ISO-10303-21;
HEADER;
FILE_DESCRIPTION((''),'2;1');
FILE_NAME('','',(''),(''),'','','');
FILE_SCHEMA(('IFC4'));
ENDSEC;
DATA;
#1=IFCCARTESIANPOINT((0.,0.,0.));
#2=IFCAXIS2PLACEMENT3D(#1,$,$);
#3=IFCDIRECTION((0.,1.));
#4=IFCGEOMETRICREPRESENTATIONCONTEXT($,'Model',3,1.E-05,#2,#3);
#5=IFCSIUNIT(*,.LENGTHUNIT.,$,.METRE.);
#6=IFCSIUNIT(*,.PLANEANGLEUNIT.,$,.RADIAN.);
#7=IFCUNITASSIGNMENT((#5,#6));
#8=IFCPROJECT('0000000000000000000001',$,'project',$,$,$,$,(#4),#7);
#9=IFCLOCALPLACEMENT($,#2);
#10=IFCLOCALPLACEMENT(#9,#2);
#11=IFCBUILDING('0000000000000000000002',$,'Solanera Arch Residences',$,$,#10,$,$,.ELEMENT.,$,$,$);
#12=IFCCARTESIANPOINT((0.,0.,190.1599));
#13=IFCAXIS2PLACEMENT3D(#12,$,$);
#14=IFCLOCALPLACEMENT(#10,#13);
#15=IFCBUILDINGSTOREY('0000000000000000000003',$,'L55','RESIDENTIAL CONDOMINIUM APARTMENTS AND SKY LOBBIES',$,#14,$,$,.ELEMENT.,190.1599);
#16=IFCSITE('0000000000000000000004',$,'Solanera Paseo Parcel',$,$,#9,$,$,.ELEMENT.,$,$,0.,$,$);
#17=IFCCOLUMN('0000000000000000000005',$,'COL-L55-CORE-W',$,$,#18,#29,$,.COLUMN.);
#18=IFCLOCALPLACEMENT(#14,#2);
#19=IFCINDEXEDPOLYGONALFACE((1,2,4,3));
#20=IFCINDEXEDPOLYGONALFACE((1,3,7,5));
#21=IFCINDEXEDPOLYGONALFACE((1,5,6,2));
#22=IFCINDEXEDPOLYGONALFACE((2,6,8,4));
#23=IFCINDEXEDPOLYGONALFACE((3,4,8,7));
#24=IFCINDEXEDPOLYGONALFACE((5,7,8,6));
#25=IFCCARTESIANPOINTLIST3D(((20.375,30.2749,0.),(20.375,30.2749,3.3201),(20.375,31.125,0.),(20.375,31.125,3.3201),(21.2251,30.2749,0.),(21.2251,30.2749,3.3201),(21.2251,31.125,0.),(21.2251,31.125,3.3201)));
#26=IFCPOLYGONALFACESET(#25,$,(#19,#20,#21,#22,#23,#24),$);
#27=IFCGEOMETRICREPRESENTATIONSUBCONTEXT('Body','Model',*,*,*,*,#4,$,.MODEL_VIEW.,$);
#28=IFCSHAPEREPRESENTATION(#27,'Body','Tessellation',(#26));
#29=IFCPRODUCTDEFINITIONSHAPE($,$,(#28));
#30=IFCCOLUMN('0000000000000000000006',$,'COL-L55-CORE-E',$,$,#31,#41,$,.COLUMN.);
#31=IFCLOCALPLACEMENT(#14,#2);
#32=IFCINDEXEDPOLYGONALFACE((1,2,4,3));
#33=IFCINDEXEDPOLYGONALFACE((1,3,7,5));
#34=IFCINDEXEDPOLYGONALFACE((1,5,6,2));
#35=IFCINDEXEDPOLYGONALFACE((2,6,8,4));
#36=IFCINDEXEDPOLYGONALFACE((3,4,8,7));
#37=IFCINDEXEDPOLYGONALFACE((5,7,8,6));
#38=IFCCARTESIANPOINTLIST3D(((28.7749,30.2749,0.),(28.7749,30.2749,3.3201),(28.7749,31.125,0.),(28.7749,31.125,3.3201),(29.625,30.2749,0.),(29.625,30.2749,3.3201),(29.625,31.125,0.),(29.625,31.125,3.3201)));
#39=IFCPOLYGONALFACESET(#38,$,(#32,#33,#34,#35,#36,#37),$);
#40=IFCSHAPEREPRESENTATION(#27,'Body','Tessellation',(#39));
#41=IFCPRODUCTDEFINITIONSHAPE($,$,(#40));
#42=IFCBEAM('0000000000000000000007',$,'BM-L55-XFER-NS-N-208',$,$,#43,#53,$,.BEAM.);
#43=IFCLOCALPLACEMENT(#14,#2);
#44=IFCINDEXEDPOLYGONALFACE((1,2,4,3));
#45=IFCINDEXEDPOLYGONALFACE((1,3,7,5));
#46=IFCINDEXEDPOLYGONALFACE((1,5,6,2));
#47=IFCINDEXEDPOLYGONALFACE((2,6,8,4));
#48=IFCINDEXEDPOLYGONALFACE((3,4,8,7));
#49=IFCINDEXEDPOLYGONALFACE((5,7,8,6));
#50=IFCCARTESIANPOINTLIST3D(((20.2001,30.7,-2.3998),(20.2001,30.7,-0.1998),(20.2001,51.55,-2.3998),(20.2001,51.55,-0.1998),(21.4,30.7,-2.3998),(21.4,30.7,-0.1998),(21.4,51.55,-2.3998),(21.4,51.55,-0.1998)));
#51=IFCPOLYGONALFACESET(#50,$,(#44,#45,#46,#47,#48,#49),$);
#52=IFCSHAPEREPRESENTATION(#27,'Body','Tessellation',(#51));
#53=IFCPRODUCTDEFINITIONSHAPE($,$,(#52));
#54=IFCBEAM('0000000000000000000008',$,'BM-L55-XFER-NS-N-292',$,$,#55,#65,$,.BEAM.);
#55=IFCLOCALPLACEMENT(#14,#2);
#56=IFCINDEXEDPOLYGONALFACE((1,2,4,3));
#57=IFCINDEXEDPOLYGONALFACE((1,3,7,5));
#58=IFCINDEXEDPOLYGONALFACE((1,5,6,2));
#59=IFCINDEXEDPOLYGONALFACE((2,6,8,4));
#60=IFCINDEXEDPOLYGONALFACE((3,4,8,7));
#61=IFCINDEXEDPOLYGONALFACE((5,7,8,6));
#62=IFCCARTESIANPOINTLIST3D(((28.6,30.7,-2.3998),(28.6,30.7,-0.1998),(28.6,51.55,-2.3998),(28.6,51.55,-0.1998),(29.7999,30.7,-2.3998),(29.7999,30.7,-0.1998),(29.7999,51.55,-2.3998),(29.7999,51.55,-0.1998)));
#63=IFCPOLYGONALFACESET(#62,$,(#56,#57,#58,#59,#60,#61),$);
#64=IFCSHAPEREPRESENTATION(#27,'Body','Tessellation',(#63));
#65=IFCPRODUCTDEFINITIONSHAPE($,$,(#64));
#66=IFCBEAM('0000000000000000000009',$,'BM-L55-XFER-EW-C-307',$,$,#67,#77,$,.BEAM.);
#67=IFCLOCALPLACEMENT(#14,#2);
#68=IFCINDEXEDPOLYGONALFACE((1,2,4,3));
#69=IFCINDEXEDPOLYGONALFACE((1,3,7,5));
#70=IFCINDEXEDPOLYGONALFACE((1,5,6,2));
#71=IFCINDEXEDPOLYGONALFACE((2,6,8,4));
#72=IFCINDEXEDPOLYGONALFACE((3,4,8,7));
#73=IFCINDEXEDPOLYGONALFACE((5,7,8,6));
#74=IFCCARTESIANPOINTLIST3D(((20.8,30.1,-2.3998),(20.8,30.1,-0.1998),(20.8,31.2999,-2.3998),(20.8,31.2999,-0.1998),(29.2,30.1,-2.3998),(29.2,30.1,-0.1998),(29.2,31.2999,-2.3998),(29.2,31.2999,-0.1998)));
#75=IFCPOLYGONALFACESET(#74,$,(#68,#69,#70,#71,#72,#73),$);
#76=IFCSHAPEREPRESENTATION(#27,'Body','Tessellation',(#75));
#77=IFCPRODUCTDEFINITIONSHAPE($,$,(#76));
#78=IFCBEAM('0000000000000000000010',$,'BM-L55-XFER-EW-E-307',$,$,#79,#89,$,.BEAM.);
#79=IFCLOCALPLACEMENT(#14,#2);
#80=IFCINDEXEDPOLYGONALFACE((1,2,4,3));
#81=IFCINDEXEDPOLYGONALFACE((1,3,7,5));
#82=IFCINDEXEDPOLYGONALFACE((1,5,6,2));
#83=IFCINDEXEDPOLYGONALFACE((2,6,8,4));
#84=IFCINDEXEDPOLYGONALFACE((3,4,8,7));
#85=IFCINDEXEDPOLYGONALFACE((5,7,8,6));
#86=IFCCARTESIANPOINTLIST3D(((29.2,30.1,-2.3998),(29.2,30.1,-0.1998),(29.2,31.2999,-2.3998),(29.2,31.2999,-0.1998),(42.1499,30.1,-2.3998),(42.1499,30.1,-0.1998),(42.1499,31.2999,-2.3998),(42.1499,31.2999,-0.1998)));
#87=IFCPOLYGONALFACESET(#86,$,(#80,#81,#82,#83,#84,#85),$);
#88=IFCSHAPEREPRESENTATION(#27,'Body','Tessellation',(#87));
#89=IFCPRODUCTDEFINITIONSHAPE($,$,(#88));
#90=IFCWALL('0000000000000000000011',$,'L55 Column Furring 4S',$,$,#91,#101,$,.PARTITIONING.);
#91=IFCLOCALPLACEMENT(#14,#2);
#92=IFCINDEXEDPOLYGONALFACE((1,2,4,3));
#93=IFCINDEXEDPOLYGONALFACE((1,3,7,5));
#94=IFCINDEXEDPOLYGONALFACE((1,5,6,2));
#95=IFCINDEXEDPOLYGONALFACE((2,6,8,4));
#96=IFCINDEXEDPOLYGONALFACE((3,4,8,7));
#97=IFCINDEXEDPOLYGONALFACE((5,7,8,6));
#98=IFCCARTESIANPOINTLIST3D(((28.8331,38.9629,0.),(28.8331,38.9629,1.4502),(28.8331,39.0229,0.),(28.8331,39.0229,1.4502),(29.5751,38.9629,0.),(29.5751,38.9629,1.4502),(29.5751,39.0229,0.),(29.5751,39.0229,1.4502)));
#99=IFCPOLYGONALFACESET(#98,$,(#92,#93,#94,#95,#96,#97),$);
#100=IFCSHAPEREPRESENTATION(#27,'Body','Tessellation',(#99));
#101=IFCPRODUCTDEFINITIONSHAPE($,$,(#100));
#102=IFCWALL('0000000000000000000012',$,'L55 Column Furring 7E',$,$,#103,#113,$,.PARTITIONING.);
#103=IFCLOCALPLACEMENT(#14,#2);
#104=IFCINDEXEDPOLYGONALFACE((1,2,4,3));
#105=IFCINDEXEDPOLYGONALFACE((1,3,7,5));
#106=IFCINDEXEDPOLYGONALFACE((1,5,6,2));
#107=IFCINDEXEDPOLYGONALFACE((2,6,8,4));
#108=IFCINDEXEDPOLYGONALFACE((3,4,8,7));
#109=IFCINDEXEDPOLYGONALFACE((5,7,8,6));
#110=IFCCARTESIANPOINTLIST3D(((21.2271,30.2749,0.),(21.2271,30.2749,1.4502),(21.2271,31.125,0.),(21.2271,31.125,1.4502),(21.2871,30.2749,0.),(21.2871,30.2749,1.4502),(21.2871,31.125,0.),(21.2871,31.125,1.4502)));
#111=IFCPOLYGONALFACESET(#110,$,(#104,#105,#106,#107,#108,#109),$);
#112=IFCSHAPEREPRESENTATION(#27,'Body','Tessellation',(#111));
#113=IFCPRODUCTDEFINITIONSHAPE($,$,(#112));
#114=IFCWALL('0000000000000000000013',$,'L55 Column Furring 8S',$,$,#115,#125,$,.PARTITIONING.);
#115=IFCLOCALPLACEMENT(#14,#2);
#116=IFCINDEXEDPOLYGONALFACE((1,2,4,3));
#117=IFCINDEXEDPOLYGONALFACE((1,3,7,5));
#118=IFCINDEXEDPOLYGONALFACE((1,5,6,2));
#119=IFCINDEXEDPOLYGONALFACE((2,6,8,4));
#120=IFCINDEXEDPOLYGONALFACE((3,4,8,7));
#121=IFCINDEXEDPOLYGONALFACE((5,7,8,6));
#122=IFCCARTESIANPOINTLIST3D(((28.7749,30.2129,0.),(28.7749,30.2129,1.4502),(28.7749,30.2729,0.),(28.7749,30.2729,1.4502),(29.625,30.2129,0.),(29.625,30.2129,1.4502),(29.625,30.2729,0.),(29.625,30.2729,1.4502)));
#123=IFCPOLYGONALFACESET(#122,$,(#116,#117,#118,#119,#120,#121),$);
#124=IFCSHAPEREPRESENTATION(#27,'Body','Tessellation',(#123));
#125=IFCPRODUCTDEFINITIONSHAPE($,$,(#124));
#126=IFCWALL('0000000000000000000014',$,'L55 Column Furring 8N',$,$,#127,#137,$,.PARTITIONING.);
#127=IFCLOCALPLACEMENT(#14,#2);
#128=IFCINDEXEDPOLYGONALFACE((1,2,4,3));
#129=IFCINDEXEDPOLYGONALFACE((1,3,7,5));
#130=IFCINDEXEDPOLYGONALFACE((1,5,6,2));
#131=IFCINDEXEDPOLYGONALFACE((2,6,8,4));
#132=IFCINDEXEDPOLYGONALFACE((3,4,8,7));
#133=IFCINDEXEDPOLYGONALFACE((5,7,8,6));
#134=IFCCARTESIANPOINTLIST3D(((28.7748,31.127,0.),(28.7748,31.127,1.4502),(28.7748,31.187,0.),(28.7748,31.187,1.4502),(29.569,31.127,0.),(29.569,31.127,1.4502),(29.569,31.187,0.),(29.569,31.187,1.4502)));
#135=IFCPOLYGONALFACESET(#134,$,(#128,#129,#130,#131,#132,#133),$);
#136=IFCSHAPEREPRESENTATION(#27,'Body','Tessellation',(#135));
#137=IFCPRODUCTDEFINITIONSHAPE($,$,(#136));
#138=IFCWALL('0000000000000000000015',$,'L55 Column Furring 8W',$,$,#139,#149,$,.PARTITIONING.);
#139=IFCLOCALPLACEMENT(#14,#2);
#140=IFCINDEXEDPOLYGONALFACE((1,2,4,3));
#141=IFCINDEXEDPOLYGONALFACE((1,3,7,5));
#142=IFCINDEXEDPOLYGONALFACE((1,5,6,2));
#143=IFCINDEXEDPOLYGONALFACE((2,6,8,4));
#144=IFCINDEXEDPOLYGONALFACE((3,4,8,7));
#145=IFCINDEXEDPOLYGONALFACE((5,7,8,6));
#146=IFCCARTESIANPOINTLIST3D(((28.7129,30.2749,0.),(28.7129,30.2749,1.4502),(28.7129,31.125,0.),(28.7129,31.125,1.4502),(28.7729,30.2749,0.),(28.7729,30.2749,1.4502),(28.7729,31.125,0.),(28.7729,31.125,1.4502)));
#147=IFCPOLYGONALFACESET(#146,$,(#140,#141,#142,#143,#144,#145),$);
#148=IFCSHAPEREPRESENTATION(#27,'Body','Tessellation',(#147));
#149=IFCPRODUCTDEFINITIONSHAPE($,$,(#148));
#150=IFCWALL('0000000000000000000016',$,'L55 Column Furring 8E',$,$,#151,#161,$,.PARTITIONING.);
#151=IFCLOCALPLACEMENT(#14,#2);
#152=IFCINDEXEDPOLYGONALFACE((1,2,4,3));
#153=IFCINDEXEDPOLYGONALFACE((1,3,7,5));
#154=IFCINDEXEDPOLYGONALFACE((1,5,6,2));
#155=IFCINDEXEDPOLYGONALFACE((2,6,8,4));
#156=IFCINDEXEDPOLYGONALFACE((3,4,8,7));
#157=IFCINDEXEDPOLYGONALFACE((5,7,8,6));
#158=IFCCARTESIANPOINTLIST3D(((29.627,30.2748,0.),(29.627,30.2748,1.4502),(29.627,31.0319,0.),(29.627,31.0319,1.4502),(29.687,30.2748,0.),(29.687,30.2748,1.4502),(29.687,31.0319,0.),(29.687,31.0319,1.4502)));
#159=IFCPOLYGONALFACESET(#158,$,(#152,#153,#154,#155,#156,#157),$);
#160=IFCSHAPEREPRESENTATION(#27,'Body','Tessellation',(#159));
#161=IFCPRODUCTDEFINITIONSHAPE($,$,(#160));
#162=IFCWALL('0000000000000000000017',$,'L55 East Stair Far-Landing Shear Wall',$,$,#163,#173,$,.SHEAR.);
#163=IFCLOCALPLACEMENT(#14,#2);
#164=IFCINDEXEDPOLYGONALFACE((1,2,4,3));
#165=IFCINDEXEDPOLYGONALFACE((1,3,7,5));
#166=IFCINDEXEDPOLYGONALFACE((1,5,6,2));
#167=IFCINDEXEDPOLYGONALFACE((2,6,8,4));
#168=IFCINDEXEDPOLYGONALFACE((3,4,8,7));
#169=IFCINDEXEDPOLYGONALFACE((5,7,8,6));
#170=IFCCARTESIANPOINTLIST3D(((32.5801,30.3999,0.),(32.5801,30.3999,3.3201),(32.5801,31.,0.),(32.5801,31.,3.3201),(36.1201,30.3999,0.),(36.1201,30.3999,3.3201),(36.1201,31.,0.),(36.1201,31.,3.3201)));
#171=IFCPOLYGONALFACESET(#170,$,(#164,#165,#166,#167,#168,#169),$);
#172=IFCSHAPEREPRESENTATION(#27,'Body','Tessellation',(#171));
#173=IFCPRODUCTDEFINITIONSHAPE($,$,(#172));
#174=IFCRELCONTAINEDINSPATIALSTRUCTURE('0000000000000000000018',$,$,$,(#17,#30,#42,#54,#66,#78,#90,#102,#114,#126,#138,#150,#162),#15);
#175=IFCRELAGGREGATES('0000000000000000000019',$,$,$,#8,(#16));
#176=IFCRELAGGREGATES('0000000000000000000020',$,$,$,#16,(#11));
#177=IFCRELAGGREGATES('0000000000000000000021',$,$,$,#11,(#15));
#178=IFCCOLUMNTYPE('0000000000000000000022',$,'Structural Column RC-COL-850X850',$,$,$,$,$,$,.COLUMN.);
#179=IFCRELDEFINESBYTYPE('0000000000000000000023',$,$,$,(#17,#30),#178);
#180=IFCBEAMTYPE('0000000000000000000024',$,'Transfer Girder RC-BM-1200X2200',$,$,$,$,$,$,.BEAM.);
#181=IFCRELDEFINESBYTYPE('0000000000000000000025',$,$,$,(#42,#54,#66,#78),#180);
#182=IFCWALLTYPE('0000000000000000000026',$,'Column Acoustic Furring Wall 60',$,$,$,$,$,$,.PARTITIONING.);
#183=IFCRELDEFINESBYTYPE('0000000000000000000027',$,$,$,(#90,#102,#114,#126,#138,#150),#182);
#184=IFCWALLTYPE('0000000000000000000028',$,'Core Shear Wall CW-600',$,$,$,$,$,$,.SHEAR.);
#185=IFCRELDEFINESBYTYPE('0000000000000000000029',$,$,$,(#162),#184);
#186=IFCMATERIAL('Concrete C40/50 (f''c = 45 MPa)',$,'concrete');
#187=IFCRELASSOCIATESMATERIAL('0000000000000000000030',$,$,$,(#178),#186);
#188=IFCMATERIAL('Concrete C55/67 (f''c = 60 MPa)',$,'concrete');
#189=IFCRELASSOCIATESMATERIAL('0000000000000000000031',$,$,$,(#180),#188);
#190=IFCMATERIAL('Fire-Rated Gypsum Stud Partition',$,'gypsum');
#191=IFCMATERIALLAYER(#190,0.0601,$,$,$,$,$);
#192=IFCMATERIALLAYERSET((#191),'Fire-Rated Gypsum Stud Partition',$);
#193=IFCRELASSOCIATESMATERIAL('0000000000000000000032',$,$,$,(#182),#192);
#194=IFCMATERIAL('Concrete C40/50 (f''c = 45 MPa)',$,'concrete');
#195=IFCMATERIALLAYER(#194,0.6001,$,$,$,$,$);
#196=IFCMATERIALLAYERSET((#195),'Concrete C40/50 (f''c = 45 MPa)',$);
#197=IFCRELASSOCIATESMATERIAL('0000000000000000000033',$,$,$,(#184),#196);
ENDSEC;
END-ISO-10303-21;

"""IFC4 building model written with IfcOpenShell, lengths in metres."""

from ifc_helpers import new_model, si_unit, direction, frame, frame_2d, origin, origin_2d, place, context, subcontext, project, spatial, rectangle, extrude, material, layer, layer_set, material_profile, profile_set, type_object, element, save


model = new_model("IFC4")

# Units and contexts
model_context = context("Model", 3, precision=1e-05, world=origin(), true_north=direction((0.0, 1.0)))
body_context = subcontext(model_context, "Body", "Model", "MODEL_VIEW")
ifc_project = project(units=[si_unit("LENGTHUNIT", "METRE"), si_unit("PLANEANGLEUNIT", "RADIAN")], contexts=[model_context])

# Site, building, storey
site_placement = place(None, origin())
site = spatial("IfcSite", under=ifc_project, at=site_placement, Name="Solanera Paseo Parcel", CompositionType="ELEMENT", RefElevation=0.0)
building_placement = place(site_placement, origin())
building = spatial("IfcBuilding", under=site, at=building_placement, Name="Solanera Arch Residences", CompositionType="ELEMENT")
storey_placement = place(building_placement, frame((0.0, 0.0, 190.1599)))
storey = spatial("IfcBuildingStorey", under=building, at=storey_placement, Name="L55", Description="RESIDENTIAL CONDOMINIUM APARTMENTS AND SKY LOBBIES", CompositionType="ELEMENT", Elevation=190.1599)

# Columns
ifc_material_1 = material(Name="Concrete C40/50 (f'c = 45 MPa)", Category="concrete")
ifc_material_profile_1 = material_profile(ifc_material_1, rectangle(XDim=0.8501, YDim=0.8501, at=origin_2d()))
ifc_profile_set_1 = profile_set([ifc_material_profile_1], Name="Concrete C40/50 (f'c = 45 MPa)")
column_type = type_object("IfcColumnType", Name="Structural Column RC-COL-850X850", PredefinedType="COLUMN", material=ifc_profile_set_1)
for number, where, z_axis, x_axis, name in (
    (1, (20.8, 30.7, 0.0), (0.0, 0.0, 1.0), (1.0, 0.0, 0.0), "COL-L55-CORE-W"),
    (2, (29.2, 30.7, 0.0), (0.0, 0.0, 1.0), (1.0, 0.0, 0.0), "COL-L55-CORE-E"),
):
    element("IfcColumn", number, at=place(storey_placement, frame(where, z_axis=z_axis, x_axis=x_axis)), inside=storey, type_object=column_type, Name=name, PredefinedType="COLUMN", context=body_context, shape_type="SweptSolid", body=[
        extrude(rectangle(XDim=0.8501, YDim=0.8501, at=origin_2d()), origin(), (0.0, 0.0, 1.0), 3.3201),
    ])

# Beams
ifc_material_2 = material(Name="Concrete C55/67 (f'c = 60 MPa)", Category="concrete")
ifc_material_profile_2 = material_profile(ifc_material_2, rectangle(XDim=1.2, YDim=2.2, at=origin_2d()))
ifc_profile_set_2 = profile_set([ifc_material_profile_2], Name="Concrete C55/67 (f'c = 60 MPa)")
beam_type = type_object("IfcBeamType", Name="Transfer Girder RC-BM-1200X2200", PredefinedType="BEAM", material=ifc_profile_set_2)
for number, where, z_axis, x_axis, name in (
    (3, (20.8, 30.7, -1.2998), (0.0, 1.0, 0.0), (-1.0, 0.0, 0.0), "BM-L55-XFER-NS-N-208"),
    (4, (29.2, 30.7, -1.2998), (0.0, 1.0, 0.0), (-1.0, 0.0, 0.0), "BM-L55-XFER-NS-N-292"),
):
    element("IfcBeam", number, at=place(storey_placement, frame(where, z_axis=z_axis, x_axis=x_axis)), inside=storey, type_object=beam_type, Name=name, PredefinedType="BEAM", context=body_context, shape_type="SweptSolid", body=[
        extrude(rectangle(XDim=1.2, YDim=2.2, at=origin_2d()), origin(), (0.0, 0.0, 1.0), 20.8501),
    ])
beam_1_placement = place(storey_placement, frame((20.8, 30.7, -1.2998), z_axis=(1.0, 0.0, 0.0), x_axis=(0.0, 1.0, 0.0)))
element("IfcBeam", 5, at=beam_1_placement, inside=storey, type_object=beam_type, Name="BM-L55-XFER-EW-C-307", PredefinedType="BEAM", context=body_context, shape_type="SweptSolid", body=[
    extrude(rectangle(XDim=1.2, YDim=2.2, at=origin_2d()), origin(), (0.0, 0.0, 1.0), 8.3999),
])
beam_2_placement = place(storey_placement, frame((29.2, 30.7, -1.2998), z_axis=(1.0, 0.0, 0.0), x_axis=(0.0, 1.0, 0.0)))
element("IfcBeam", 6, at=beam_2_placement, inside=storey, type_object=beam_type, Name="BM-L55-XFER-EW-E-307", PredefinedType="BEAM", context=body_context, shape_type="SweptSolid", body=[
    extrude(rectangle(XDim=1.2, YDim=2.2, at=origin_2d()), origin(), (0.0, 0.0, 1.0), 12.95),
])

# Walls
ifc_material_3 = material(Name="Fire-Rated Gypsum Stud Partition", Category="gypsum")
ifc_layer_1 = layer(ifc_material_3, 0.0601)
ifc_layer_set_1 = layer_set([ifc_layer_1], Name="Fire-Rated Gypsum Stud Partition")
wall_type_1 = type_object("IfcWallType", Name="Column Acoustic Furring Wall 60", PredefinedType="PARTITIONING", material=ifc_layer_set_1)
wall_1_placement = place(storey_placement, frame((28.833, 38.9929, 0.0), z_axis=(0.0, 0.0, 1.0), x_axis=(1.0, 0.0, 0.0)))
element("IfcWall", 7, at=wall_1_placement, inside=storey, type_object=wall_type_1, Name="L55 Column Furring 4S", PredefinedType="PARTITIONING", context=body_context, shape_type="SweptSolid", body=[
    extrude(rectangle(XDim=0.7419, YDim=0.0601, at=frame_2d((0.3711, 0.0))), origin(), (0.0, 0.0, 1.0), 1.4502),
])
for number, where, z_axis, x_axis, name in (
    (8, (21.2571, 30.2749, 0.0), (0.0, 0.0, 1.0), (0.0, 1.0, 0.0), "L55 Column Furring 7E"),
    (9, (28.7749, 30.2429, 0.0), (0.0, 0.0, 1.0), (1.0, 0.0, 0.0), "L55 Column Furring 8S"),
):
    element("IfcWall", number, at=place(storey_placement, frame(where, z_axis=z_axis, x_axis=x_axis)), inside=storey, type_object=wall_type_1, Name=name, PredefinedType="PARTITIONING", context=body_context, shape_type="SweptSolid", body=[
        extrude(rectangle(XDim=0.8501, YDim=0.0601, at=frame_2d((0.425, 0.0))), origin(), (0.0, 0.0, 1.0), 1.4502),
    ])
wall_2_placement = place(storey_placement, frame((28.7749, 31.157, 0.0), z_axis=(0.0, 0.0, 1.0), x_axis=(1.0, 0.0, 0.0)))
element("IfcWall", 10, at=wall_2_placement, inside=storey, type_object=wall_type_1, Name="L55 Column Furring 8N", PredefinedType="PARTITIONING", context=body_context, shape_type="SweptSolid", body=[
    extrude(rectangle(XDim=0.7942, YDim=0.0601, at=frame_2d((0.397, 0.0))), origin(), (0.0, 0.0, 1.0), 1.4502),
])
wall_3_placement = place(storey_placement, frame((28.7429, 30.2749, 0.0), z_axis=(0.0, 0.0, 1.0), x_axis=(0.0, 1.0, 0.0)))
element("IfcWall", 11, at=wall_3_placement, inside=storey, type_object=wall_type_1, Name="L55 Column Furring 8W", PredefinedType="PARTITIONING", context=body_context, shape_type="SweptSolid", body=[
    extrude(rectangle(XDim=0.8501, YDim=0.0601, at=frame_2d((0.425, 0.0))), origin(), (0.0, 0.0, 1.0), 1.4502),
])
wall_4_placement = place(storey_placement, frame((29.657, 30.2749, 0.0), z_axis=(0.0, 0.0, 1.0), x_axis=(0.0, 1.0, 0.0)))
element("IfcWall", 12, at=wall_4_placement, inside=storey, type_object=wall_type_1, Name="L55 Column Furring 8E", PredefinedType="PARTITIONING", context=body_context, shape_type="SweptSolid", body=[
    extrude(rectangle(XDim=0.7571, YDim=0.0601, at=frame_2d((0.3784, 0.0))), origin(), (0.0, 0.0, 1.0), 1.4502),
])
ifc_material_4 = material(Name="Concrete C40/50 (f'c = 45 MPa)", Category="concrete")
ifc_layer_2 = layer(ifc_material_4, 0.6001)
ifc_layer_set_2 = layer_set([ifc_layer_2], Name="Concrete C40/50 (f'c = 45 MPa)")
wall_type_2 = type_object("IfcWallType", Name="Core Shear Wall CW-600", PredefinedType="SHEAR", material=ifc_layer_set_2)
wall_5_placement = place(storey_placement, frame((32.5801, 30.7, 0.0), z_axis=(0.0, 0.0, 1.0), x_axis=(1.0, 0.0, 0.0)))
element("IfcWall", 13, at=wall_5_placement, inside=storey, type_object=wall_type_2, Name="L55 East Stair Far-Landing Shear Wall", PredefinedType="SHEAR", context=body_context, shape_type="SweptSolid", body=[
    extrude(rectangle(XDim=3.54, YDim=0.6001, at=frame_2d((1.77, 0.0))), origin(), (0.0, 0.0, 1.0), 3.3201),
])

save(model, "model.ifc")
